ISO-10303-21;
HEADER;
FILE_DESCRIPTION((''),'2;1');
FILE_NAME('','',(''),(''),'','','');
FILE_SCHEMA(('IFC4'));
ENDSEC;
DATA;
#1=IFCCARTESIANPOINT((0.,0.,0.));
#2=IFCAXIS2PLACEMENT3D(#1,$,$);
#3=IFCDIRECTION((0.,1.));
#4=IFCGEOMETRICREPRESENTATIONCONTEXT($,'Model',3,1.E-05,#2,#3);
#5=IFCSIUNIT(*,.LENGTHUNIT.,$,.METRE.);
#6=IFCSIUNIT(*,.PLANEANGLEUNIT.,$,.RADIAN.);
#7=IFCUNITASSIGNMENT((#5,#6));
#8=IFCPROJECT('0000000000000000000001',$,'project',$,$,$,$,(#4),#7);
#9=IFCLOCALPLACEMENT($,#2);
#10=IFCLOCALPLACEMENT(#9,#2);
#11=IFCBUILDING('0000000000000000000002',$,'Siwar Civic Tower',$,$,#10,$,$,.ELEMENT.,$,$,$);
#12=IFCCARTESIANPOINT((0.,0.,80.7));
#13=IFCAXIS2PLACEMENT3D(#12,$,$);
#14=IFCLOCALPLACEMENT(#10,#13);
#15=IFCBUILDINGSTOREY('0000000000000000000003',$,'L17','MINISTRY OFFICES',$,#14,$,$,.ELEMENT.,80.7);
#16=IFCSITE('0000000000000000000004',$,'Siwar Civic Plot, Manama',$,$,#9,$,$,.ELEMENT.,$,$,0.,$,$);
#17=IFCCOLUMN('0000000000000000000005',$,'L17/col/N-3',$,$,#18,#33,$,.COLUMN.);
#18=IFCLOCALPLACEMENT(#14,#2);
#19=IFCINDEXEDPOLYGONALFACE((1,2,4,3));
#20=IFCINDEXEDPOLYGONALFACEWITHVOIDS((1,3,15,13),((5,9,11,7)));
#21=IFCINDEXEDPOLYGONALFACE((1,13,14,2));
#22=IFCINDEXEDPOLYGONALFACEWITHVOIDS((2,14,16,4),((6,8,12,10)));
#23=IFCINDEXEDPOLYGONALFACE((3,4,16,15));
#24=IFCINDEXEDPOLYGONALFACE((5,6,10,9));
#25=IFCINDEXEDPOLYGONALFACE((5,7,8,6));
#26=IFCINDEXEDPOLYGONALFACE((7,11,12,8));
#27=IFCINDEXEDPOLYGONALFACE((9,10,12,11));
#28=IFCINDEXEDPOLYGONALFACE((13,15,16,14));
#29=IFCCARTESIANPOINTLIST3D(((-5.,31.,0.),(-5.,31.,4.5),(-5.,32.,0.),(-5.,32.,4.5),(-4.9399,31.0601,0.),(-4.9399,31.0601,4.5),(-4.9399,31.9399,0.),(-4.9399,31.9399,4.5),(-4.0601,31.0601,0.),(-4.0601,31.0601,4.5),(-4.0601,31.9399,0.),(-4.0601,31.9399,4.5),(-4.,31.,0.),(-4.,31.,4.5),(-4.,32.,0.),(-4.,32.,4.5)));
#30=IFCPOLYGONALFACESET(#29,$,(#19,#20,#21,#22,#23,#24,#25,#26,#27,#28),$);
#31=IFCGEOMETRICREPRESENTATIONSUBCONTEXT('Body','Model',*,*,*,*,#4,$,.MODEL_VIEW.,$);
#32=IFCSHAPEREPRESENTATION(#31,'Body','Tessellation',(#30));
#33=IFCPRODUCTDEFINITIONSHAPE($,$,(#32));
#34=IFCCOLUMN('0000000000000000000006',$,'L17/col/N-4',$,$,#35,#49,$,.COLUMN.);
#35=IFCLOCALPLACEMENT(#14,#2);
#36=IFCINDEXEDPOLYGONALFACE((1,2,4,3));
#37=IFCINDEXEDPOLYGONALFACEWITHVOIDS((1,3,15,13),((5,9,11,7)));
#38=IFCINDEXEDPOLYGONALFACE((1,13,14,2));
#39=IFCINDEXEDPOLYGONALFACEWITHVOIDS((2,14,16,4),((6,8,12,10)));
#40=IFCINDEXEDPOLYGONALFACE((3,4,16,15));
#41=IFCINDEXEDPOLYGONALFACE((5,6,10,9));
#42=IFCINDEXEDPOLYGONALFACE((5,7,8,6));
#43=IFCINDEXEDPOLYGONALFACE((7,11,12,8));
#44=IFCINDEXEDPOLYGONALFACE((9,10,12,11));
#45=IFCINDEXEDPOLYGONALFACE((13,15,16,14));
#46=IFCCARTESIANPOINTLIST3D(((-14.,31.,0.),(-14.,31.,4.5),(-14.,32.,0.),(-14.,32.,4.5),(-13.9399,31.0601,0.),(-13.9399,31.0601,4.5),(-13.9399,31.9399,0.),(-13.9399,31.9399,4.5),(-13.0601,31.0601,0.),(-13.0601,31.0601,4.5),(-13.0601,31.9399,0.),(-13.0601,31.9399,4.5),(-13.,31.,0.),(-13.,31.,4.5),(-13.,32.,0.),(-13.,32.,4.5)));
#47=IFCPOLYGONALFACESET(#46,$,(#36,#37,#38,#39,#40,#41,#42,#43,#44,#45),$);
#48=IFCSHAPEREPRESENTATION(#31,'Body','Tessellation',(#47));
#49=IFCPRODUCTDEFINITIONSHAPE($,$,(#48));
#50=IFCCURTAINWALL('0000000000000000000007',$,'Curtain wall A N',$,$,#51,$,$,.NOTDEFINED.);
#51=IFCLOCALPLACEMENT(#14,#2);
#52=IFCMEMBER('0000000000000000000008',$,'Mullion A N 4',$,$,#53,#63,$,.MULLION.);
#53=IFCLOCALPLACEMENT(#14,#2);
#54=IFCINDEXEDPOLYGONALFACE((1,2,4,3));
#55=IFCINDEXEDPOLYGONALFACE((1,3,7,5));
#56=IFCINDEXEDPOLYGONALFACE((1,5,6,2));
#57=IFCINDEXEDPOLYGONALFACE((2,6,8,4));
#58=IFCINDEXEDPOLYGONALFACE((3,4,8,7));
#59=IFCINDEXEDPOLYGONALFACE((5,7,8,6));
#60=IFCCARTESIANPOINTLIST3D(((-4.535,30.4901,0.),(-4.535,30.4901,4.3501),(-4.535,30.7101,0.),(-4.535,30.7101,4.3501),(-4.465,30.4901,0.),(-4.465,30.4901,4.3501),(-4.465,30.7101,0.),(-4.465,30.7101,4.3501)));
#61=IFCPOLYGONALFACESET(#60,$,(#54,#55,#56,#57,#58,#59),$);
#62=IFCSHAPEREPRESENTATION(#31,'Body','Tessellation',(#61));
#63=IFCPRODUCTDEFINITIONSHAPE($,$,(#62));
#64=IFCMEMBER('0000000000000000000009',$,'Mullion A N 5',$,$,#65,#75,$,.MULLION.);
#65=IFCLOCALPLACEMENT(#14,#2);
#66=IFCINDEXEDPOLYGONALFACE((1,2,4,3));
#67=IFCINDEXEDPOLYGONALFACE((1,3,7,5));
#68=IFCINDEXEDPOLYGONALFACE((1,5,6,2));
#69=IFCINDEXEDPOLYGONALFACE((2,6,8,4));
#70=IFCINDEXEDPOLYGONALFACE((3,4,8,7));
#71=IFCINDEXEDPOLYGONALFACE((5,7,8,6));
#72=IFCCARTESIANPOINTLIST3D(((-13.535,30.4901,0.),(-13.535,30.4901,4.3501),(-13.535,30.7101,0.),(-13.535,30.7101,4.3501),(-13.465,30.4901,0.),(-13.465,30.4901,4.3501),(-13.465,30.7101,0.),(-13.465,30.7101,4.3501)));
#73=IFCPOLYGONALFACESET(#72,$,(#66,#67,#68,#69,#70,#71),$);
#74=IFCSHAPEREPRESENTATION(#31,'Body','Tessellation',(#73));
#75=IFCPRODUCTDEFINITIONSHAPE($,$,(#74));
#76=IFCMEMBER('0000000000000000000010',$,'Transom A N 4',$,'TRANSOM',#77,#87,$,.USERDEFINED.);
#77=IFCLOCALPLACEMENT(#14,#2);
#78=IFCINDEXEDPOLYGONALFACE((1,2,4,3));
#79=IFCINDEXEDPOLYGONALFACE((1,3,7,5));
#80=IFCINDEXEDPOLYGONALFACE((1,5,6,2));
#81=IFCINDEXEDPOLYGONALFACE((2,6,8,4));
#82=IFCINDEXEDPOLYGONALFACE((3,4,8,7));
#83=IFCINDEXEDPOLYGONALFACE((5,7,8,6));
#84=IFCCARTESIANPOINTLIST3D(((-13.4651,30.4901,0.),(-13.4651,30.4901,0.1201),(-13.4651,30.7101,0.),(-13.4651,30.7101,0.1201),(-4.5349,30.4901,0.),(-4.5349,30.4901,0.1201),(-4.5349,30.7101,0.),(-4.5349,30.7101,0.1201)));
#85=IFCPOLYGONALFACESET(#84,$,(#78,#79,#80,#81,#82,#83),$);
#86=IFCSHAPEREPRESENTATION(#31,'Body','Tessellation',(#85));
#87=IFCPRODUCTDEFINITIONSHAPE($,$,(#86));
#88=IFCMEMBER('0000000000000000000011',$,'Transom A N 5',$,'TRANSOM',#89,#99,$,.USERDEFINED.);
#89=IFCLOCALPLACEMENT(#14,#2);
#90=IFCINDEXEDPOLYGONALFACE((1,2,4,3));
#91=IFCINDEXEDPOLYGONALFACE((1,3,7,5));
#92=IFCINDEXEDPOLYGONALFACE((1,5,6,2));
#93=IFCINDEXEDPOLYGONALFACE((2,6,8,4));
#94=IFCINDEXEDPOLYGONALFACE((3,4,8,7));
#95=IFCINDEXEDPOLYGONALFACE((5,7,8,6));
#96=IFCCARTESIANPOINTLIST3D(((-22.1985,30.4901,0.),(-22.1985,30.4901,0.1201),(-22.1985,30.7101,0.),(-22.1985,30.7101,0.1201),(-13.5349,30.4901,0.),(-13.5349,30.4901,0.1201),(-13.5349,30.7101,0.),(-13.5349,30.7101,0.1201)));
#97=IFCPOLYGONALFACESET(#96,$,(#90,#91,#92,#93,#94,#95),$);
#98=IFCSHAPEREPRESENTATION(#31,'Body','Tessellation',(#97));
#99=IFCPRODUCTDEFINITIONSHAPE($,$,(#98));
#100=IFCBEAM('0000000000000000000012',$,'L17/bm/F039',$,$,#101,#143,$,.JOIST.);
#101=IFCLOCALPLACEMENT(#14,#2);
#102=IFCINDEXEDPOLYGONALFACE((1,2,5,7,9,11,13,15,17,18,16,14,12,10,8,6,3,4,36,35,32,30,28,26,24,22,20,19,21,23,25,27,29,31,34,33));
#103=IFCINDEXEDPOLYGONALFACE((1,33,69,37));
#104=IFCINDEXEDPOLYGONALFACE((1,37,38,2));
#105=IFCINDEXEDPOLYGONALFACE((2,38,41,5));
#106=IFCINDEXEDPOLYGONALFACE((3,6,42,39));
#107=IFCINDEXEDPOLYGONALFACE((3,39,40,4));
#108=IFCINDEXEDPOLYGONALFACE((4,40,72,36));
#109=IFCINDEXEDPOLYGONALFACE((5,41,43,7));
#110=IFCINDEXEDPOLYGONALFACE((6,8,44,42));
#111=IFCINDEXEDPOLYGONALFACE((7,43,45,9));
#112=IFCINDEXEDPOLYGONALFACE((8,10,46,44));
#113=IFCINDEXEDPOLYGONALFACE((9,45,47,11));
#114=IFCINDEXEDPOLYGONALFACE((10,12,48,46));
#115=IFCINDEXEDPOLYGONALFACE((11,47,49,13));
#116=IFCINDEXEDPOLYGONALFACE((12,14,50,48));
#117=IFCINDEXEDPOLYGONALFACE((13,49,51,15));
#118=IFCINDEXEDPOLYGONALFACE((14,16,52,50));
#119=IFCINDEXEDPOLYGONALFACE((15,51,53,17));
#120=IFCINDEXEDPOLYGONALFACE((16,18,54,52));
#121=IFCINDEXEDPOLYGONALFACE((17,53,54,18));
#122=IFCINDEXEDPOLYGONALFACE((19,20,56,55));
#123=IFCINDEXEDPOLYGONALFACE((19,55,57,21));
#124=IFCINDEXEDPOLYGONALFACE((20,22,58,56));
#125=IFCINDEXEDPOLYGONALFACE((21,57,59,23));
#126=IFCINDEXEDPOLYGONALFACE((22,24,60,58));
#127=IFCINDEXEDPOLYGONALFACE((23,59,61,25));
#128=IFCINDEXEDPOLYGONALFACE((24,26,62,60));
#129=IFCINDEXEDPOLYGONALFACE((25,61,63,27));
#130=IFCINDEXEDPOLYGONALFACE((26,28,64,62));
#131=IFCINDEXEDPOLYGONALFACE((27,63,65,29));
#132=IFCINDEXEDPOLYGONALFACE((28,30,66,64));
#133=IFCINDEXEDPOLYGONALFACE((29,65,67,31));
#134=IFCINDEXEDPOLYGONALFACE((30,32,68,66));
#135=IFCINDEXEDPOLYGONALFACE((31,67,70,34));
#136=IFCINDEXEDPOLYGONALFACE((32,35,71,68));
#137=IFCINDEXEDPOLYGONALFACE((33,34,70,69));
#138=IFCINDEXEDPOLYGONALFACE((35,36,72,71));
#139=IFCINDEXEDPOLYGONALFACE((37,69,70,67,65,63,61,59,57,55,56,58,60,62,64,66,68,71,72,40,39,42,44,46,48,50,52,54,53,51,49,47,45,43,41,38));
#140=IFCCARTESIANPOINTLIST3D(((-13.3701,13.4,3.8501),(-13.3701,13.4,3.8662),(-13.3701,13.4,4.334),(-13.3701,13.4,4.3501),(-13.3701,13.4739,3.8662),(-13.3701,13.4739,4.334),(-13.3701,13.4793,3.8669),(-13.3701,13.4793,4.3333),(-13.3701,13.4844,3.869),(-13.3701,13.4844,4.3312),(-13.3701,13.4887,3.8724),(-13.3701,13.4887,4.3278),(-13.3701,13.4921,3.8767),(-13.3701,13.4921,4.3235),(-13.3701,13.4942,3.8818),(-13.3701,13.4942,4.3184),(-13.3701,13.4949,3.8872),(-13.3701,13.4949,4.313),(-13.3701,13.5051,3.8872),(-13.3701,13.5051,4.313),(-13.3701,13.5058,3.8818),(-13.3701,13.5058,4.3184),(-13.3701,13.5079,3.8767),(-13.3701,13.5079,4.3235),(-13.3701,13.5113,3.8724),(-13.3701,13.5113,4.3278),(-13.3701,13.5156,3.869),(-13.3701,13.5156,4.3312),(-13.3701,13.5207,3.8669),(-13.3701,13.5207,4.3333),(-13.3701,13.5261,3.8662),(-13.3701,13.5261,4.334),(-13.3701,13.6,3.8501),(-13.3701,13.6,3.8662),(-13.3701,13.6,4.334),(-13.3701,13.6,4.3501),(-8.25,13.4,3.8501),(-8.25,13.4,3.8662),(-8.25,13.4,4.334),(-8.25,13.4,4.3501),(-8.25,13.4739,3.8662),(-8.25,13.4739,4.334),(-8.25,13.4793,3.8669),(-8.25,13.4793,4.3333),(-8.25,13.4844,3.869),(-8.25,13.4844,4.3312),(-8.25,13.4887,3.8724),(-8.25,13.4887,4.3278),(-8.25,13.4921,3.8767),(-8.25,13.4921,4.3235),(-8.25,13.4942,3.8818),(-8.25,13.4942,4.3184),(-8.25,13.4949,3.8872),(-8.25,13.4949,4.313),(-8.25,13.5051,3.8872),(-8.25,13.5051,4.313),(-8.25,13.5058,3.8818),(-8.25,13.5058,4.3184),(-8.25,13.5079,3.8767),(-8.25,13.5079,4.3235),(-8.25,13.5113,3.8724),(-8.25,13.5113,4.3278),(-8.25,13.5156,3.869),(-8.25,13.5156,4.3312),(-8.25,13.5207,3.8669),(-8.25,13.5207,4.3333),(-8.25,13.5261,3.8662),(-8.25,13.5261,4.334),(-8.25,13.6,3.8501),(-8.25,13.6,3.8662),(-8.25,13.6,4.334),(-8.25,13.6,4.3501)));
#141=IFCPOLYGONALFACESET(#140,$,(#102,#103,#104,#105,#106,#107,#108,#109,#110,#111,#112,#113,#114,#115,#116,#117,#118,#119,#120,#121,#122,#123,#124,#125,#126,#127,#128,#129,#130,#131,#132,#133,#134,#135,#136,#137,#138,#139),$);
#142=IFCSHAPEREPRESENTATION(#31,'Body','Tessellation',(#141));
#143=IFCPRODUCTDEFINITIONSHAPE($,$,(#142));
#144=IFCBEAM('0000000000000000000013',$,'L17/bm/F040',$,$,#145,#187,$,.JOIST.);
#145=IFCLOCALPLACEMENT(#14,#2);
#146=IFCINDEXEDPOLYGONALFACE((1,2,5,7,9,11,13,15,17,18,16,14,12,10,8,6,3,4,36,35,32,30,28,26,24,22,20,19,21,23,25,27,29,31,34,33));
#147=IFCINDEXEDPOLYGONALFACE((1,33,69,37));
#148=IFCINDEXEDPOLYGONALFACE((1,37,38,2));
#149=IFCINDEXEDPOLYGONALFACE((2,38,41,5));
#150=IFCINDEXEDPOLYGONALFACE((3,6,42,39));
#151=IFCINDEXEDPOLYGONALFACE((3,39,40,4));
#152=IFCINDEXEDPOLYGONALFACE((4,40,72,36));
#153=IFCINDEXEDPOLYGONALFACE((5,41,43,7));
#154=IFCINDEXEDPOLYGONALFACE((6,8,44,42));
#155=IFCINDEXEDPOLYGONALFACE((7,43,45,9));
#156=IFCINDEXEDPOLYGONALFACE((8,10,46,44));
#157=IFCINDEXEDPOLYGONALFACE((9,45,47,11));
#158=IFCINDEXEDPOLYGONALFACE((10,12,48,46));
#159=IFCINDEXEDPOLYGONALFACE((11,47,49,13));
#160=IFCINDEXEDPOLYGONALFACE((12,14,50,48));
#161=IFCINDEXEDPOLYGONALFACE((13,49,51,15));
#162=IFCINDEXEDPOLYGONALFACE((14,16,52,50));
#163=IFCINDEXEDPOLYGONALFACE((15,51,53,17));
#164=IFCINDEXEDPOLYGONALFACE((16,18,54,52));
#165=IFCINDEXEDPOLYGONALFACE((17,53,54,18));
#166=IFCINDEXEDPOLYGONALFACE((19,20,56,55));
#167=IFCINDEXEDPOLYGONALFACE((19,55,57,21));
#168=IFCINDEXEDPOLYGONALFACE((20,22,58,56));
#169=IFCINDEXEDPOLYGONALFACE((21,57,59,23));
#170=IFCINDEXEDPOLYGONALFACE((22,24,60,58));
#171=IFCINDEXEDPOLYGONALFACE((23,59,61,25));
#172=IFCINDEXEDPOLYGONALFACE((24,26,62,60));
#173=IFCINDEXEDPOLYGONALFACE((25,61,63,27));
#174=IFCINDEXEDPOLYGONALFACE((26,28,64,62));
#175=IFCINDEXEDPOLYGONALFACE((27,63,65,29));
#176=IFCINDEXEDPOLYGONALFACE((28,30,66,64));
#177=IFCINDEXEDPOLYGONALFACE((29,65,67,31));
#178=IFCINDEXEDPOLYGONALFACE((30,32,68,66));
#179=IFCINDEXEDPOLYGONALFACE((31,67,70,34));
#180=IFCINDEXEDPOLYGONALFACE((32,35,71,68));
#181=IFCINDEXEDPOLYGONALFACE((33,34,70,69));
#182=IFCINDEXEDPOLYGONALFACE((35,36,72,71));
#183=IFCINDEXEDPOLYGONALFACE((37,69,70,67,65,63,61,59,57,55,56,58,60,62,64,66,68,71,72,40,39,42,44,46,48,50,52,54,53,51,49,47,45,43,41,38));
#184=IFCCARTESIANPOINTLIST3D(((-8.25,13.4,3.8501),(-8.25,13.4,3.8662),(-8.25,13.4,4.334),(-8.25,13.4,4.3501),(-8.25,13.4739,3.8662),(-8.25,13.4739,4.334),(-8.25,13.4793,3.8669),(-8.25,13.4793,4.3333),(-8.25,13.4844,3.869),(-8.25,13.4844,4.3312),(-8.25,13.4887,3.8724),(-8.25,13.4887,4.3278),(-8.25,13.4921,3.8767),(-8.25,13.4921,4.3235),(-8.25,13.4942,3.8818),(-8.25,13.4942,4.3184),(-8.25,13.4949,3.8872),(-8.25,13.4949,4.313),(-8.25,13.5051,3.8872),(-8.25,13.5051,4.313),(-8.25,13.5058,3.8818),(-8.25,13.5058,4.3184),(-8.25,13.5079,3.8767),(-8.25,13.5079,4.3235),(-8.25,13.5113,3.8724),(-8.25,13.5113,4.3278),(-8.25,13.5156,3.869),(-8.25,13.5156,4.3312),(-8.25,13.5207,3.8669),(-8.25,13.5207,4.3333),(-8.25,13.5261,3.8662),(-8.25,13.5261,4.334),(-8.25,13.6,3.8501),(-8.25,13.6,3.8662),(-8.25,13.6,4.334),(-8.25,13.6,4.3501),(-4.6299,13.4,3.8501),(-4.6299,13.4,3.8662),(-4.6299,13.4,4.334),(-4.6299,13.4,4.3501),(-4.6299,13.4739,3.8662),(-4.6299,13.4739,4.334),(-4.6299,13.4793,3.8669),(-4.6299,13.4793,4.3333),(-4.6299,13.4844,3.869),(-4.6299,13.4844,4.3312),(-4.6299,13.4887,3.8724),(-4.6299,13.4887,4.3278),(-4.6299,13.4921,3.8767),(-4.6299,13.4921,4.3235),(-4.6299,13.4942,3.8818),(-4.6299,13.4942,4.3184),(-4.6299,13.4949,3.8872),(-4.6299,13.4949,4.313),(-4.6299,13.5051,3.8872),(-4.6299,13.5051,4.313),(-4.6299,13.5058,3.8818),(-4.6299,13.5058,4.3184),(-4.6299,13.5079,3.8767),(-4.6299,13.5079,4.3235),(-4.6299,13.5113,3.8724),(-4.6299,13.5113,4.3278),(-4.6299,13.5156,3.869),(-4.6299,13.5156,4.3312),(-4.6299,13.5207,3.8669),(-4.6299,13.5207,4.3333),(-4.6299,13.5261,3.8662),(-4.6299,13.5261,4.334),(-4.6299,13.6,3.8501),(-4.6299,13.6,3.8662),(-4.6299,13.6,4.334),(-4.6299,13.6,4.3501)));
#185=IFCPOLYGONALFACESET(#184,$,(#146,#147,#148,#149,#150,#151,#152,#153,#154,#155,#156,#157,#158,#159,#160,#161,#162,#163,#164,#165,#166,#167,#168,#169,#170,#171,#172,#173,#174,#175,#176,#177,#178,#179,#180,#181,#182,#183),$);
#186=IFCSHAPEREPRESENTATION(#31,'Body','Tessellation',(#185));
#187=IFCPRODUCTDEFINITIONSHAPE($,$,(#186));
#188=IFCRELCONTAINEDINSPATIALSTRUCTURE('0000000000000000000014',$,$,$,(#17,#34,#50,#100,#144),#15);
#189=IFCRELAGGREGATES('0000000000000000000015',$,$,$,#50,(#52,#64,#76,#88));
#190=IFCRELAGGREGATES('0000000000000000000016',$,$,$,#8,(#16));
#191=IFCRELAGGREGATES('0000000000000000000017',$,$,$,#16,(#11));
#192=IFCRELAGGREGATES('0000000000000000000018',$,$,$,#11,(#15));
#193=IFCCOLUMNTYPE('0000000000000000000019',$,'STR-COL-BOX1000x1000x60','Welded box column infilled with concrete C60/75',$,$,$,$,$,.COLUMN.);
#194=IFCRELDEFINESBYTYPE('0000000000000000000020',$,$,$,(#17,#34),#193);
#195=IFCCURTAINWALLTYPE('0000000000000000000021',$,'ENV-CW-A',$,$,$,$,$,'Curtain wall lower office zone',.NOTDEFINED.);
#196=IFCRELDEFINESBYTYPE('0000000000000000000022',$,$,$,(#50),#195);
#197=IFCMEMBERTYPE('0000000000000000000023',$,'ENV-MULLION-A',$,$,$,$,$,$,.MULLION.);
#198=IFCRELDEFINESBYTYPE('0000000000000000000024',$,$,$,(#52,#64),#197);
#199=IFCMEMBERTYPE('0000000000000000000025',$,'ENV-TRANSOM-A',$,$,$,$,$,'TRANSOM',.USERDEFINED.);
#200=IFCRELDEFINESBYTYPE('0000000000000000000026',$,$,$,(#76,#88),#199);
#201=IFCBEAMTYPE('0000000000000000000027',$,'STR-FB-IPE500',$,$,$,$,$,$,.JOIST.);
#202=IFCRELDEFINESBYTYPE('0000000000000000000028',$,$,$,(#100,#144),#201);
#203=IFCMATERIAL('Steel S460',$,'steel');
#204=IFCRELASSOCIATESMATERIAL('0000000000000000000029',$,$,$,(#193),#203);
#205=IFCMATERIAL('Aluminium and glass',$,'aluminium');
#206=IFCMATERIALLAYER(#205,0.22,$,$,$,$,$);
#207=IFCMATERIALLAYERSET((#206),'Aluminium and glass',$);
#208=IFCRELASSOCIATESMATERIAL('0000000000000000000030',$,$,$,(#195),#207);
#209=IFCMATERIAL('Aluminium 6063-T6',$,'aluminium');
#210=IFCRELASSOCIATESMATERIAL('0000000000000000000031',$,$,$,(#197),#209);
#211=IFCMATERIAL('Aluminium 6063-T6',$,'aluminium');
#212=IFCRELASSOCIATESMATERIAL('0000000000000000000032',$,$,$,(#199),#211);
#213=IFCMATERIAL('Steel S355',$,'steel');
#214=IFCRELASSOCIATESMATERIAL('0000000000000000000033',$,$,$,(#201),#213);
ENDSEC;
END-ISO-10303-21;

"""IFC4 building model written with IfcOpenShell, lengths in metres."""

from ifc_helpers import new_model, si_unit, direction, frame, origin, origin_2d, place, context, subcontext, project, spatial, rectangle, hollow_rectangle, i_section, extrude, material, layer, layer_set, material_profile, profile_set, type_object, element, aggregate, save


model = new_model("IFC4")

# Units and contexts
model_context = context("Model", 3, precision=1e-05, world=origin(), true_north=direction((0.0, 1.0)))
body_context = subcontext(model_context, "Body", "Model", "MODEL_VIEW")
ifc_project = project(units=[si_unit("LENGTHUNIT", "METRE"), si_unit("PLANEANGLEUNIT", "RADIAN")], contexts=[model_context])

# Site, building, storey
site_placement = place(None, origin())
site = spatial("IfcSite", under=ifc_project, at=site_placement, Name="Siwar Civic Plot, Manama", CompositionType="ELEMENT", RefElevation=0.0)
building_placement = place(site_placement, origin())
building = spatial("IfcBuilding", under=site, at=building_placement, Name="Siwar Civic Tower", CompositionType="ELEMENT")
storey_placement = place(building_placement, frame((0.0, 0.0, 80.7)))
storey = spatial("IfcBuildingStorey", under=building, at=storey_placement, Name="L17", Description="MINISTRY OFFICES", CompositionType="ELEMENT", Elevation=80.7)

# Columns
ifc_material_1 = material(Name="Steel S460", Category="steel")
ifc_material_profile_1 = material_profile(ifc_material_1, hollow_rectangle(XDim=1.0, YDim=1.0, WallThickness=0.0601, at=origin_2d()), Name="BOX1000x1000x60")
ifc_profile_set_1 = profile_set([ifc_material_profile_1], Name="Steel S460")
column_type = type_object("IfcColumnType", Name="STR-COL-BOX1000x1000x60", Description="Welded box column infilled with concrete C60/75", PredefinedType="COLUMN", material=ifc_profile_set_1)
for number, where, z_axis, x_axis, name in (
    (1, (-4.5, 31.5, 0.0), (0.0, 0.0, 1.0), (1.0, 0.0, 0.0), "L17/col/N-3"),
    (2, (-13.5, 31.5, 0.0), (0.0, 0.0, 1.0), (1.0, 0.0, 0.0), "L17/col/N-4"),
):
    element("IfcColumn", number, at=place(storey_placement, frame(where, z_axis=z_axis, x_axis=x_axis)), inside=storey, type_object=column_type, Name=name, PredefinedType="COLUMN", context=body_context, shape_type="SweptSolid", body=[
        extrude(hollow_rectangle(XDim=1.0, YDim=1.0, WallThickness=0.0601, at=origin_2d()), origin(), (0.0, 0.0, 1.0), 4.5),
    ])

# Curtain wall, members
ifc_material_2 = material(Name="Aluminium and glass", Category="aluminium")
ifc_layer_1 = layer(ifc_material_2, 0.22)
ifc_layer_set_1 = layer_set([ifc_layer_1], Name="Aluminium and glass")
curtain_wall_type = type_object("IfcCurtainWallType", Name="ENV-CW-A", ElementType="Curtain wall lower office zone", PredefinedType="NOTDEFINED", material=ifc_layer_set_1)
curtain_wall_placement = place(storey_placement, origin())
curtain_wall = element("IfcCurtainWall", 3, at=curtain_wall_placement, inside=storey, type_object=curtain_wall_type, Name="Curtain wall A N", PredefinedType="NOTDEFINED")
ifc_material_3 = material(Name="Aluminium 6063-T6", Category="aluminium")
ifc_material_profile_2 = material_profile(ifc_material_3, rectangle(XDim=0.22, YDim=0.0701, at=origin_2d()), Name="AL 220x70")
ifc_profile_set_2 = profile_set([ifc_material_profile_2], Name="Aluminium 6063-T6")
member_type_1 = type_object("IfcMemberType", Name="ENV-MULLION-A", PredefinedType="MULLION", material=ifc_profile_set_2)
member_1_placement = place(storey_placement, frame((-4.5, 30.6001, 0.0), z_axis=(0.0, 0.0, 1.0), x_axis=(0.0, -1.0, 0.0)))
member_1 = element("IfcMember", 4, at=member_1_placement, type_object=member_type_1, Name="Mullion A N 4", PredefinedType="MULLION", context=body_context, shape_type="SweptSolid", body=[
    extrude(rectangle(XDim=0.22, YDim=0.0701, at=origin_2d()), origin(), (0.0, 0.0, 1.0), 4.3501),
])
member_2_placement = place(storey_placement, frame((-13.5, 30.6001, 0.0), z_axis=(0.0, 0.0, 1.0), x_axis=(0.0, -1.0, 0.0)))
member_2 = element("IfcMember", 5, at=member_2_placement, type_object=member_type_1, Name="Mullion A N 5", PredefinedType="MULLION", context=body_context, shape_type="SweptSolid", body=[
    extrude(rectangle(XDim=0.22, YDim=0.0701, at=origin_2d()), origin(), (0.0, 0.0, 1.0), 4.3501),
])
ifc_material_4 = material(Name="Aluminium 6063-T6", Category="aluminium")
ifc_material_profile_3 = material_profile(ifc_material_4, rectangle(XDim=0.22, YDim=0.1201, at=origin_2d()), Name="AL 220x120")
ifc_profile_set_3 = profile_set([ifc_material_profile_3], Name="Aluminium 6063-T6")
member_type_2 = type_object("IfcMemberType", Name="ENV-TRANSOM-A", ElementType="TRANSOM", PredefinedType="USERDEFINED", material=ifc_profile_set_3)
member_3_placement = place(storey_placement, frame((-4.5349, 30.6001, 0.0601), z_axis=(-1.0, 0.0, 0.0), x_axis=(0.0, -1.0, 0.0)))
member_3 = element("IfcMember", 6, at=member_3_placement, type_object=member_type_2, Name="Transom A N 4", ObjectType="TRANSOM", PredefinedType="USERDEFINED", context=body_context, shape_type="SweptSolid", body=[
    extrude(rectangle(XDim=0.22, YDim=0.1201, at=origin_2d()), origin(), (0.0, 0.0, 1.0), 8.9302),
])
member_4_placement = place(storey_placement, frame((-13.5349, 30.6001, 0.0601), z_axis=(-1.0, 0.0, 0.0), x_axis=(0.0, -1.0, 0.0)))
member_4 = element("IfcMember", 7, at=member_4_placement, type_object=member_type_2, Name="Transom A N 5", ObjectType="TRANSOM", PredefinedType="USERDEFINED", context=body_context, shape_type="SweptSolid", body=[
    extrude(rectangle(XDim=0.22, YDim=0.1201, at=origin_2d()), origin(), (0.0, 0.0, 1.0), 8.6636),
])

# Beams
ifc_material_5 = material(Name="Steel S355", Category="steel")
ifc_material_profile_4 = material_profile(ifc_material_5, i_section(OverallWidth=0.2, OverallDepth=0.5, WebThickness=0.0103, FlangeThickness=0.0161, FilletRadius=0.021, at=origin_2d()), Name="IPE500")
ifc_profile_set_4 = profile_set([ifc_material_profile_4], Name="Steel S355")
beam_type_1 = type_object("IfcBeamType", Name="STR-FB-IPE500", PredefinedType="JOIST", material=ifc_profile_set_4)
beam_1_placement = place(storey_placement, frame((-13.3701, 13.5, 4.1001), z_axis=(1.0, 0.0, 0.0), x_axis=(0.0, 1.0, 0.0)))
element("IfcBeam", 8, at=beam_1_placement, inside=storey, type_object=beam_type_1, Name="L17/bm/F039", PredefinedType="JOIST", context=body_context, shape_type="SweptSolid", body=[
    extrude(i_section(OverallWidth=0.2, OverallDepth=0.5, WebThickness=0.0103, FlangeThickness=0.0161, FilletRadius=0.021, at=origin_2d()), origin(), (0.0, 0.0, 1.0), 5.1201),
])
beam_2_placement = place(storey_placement, frame((-8.25, 13.5, 4.1001), z_axis=(1.0, 0.0, 0.0), x_axis=(0.0, 1.0, 0.0)))
element("IfcBeam", 9, at=beam_2_placement, inside=storey, type_object=beam_type_1, Name="L17/bm/F040", PredefinedType="JOIST", context=body_context, shape_type="SweptSolid", body=[
    extrude(i_section(OverallWidth=0.2, OverallDepth=0.5, WebThickness=0.0103, FlangeThickness=0.0161, FilletRadius=0.021, at=origin_2d()), origin(), (0.0, 0.0, 1.0), 3.6201),
])

aggregate(curtain_wall, [member_1, member_2, member_3, member_4])

save(model, "model.ifc")
